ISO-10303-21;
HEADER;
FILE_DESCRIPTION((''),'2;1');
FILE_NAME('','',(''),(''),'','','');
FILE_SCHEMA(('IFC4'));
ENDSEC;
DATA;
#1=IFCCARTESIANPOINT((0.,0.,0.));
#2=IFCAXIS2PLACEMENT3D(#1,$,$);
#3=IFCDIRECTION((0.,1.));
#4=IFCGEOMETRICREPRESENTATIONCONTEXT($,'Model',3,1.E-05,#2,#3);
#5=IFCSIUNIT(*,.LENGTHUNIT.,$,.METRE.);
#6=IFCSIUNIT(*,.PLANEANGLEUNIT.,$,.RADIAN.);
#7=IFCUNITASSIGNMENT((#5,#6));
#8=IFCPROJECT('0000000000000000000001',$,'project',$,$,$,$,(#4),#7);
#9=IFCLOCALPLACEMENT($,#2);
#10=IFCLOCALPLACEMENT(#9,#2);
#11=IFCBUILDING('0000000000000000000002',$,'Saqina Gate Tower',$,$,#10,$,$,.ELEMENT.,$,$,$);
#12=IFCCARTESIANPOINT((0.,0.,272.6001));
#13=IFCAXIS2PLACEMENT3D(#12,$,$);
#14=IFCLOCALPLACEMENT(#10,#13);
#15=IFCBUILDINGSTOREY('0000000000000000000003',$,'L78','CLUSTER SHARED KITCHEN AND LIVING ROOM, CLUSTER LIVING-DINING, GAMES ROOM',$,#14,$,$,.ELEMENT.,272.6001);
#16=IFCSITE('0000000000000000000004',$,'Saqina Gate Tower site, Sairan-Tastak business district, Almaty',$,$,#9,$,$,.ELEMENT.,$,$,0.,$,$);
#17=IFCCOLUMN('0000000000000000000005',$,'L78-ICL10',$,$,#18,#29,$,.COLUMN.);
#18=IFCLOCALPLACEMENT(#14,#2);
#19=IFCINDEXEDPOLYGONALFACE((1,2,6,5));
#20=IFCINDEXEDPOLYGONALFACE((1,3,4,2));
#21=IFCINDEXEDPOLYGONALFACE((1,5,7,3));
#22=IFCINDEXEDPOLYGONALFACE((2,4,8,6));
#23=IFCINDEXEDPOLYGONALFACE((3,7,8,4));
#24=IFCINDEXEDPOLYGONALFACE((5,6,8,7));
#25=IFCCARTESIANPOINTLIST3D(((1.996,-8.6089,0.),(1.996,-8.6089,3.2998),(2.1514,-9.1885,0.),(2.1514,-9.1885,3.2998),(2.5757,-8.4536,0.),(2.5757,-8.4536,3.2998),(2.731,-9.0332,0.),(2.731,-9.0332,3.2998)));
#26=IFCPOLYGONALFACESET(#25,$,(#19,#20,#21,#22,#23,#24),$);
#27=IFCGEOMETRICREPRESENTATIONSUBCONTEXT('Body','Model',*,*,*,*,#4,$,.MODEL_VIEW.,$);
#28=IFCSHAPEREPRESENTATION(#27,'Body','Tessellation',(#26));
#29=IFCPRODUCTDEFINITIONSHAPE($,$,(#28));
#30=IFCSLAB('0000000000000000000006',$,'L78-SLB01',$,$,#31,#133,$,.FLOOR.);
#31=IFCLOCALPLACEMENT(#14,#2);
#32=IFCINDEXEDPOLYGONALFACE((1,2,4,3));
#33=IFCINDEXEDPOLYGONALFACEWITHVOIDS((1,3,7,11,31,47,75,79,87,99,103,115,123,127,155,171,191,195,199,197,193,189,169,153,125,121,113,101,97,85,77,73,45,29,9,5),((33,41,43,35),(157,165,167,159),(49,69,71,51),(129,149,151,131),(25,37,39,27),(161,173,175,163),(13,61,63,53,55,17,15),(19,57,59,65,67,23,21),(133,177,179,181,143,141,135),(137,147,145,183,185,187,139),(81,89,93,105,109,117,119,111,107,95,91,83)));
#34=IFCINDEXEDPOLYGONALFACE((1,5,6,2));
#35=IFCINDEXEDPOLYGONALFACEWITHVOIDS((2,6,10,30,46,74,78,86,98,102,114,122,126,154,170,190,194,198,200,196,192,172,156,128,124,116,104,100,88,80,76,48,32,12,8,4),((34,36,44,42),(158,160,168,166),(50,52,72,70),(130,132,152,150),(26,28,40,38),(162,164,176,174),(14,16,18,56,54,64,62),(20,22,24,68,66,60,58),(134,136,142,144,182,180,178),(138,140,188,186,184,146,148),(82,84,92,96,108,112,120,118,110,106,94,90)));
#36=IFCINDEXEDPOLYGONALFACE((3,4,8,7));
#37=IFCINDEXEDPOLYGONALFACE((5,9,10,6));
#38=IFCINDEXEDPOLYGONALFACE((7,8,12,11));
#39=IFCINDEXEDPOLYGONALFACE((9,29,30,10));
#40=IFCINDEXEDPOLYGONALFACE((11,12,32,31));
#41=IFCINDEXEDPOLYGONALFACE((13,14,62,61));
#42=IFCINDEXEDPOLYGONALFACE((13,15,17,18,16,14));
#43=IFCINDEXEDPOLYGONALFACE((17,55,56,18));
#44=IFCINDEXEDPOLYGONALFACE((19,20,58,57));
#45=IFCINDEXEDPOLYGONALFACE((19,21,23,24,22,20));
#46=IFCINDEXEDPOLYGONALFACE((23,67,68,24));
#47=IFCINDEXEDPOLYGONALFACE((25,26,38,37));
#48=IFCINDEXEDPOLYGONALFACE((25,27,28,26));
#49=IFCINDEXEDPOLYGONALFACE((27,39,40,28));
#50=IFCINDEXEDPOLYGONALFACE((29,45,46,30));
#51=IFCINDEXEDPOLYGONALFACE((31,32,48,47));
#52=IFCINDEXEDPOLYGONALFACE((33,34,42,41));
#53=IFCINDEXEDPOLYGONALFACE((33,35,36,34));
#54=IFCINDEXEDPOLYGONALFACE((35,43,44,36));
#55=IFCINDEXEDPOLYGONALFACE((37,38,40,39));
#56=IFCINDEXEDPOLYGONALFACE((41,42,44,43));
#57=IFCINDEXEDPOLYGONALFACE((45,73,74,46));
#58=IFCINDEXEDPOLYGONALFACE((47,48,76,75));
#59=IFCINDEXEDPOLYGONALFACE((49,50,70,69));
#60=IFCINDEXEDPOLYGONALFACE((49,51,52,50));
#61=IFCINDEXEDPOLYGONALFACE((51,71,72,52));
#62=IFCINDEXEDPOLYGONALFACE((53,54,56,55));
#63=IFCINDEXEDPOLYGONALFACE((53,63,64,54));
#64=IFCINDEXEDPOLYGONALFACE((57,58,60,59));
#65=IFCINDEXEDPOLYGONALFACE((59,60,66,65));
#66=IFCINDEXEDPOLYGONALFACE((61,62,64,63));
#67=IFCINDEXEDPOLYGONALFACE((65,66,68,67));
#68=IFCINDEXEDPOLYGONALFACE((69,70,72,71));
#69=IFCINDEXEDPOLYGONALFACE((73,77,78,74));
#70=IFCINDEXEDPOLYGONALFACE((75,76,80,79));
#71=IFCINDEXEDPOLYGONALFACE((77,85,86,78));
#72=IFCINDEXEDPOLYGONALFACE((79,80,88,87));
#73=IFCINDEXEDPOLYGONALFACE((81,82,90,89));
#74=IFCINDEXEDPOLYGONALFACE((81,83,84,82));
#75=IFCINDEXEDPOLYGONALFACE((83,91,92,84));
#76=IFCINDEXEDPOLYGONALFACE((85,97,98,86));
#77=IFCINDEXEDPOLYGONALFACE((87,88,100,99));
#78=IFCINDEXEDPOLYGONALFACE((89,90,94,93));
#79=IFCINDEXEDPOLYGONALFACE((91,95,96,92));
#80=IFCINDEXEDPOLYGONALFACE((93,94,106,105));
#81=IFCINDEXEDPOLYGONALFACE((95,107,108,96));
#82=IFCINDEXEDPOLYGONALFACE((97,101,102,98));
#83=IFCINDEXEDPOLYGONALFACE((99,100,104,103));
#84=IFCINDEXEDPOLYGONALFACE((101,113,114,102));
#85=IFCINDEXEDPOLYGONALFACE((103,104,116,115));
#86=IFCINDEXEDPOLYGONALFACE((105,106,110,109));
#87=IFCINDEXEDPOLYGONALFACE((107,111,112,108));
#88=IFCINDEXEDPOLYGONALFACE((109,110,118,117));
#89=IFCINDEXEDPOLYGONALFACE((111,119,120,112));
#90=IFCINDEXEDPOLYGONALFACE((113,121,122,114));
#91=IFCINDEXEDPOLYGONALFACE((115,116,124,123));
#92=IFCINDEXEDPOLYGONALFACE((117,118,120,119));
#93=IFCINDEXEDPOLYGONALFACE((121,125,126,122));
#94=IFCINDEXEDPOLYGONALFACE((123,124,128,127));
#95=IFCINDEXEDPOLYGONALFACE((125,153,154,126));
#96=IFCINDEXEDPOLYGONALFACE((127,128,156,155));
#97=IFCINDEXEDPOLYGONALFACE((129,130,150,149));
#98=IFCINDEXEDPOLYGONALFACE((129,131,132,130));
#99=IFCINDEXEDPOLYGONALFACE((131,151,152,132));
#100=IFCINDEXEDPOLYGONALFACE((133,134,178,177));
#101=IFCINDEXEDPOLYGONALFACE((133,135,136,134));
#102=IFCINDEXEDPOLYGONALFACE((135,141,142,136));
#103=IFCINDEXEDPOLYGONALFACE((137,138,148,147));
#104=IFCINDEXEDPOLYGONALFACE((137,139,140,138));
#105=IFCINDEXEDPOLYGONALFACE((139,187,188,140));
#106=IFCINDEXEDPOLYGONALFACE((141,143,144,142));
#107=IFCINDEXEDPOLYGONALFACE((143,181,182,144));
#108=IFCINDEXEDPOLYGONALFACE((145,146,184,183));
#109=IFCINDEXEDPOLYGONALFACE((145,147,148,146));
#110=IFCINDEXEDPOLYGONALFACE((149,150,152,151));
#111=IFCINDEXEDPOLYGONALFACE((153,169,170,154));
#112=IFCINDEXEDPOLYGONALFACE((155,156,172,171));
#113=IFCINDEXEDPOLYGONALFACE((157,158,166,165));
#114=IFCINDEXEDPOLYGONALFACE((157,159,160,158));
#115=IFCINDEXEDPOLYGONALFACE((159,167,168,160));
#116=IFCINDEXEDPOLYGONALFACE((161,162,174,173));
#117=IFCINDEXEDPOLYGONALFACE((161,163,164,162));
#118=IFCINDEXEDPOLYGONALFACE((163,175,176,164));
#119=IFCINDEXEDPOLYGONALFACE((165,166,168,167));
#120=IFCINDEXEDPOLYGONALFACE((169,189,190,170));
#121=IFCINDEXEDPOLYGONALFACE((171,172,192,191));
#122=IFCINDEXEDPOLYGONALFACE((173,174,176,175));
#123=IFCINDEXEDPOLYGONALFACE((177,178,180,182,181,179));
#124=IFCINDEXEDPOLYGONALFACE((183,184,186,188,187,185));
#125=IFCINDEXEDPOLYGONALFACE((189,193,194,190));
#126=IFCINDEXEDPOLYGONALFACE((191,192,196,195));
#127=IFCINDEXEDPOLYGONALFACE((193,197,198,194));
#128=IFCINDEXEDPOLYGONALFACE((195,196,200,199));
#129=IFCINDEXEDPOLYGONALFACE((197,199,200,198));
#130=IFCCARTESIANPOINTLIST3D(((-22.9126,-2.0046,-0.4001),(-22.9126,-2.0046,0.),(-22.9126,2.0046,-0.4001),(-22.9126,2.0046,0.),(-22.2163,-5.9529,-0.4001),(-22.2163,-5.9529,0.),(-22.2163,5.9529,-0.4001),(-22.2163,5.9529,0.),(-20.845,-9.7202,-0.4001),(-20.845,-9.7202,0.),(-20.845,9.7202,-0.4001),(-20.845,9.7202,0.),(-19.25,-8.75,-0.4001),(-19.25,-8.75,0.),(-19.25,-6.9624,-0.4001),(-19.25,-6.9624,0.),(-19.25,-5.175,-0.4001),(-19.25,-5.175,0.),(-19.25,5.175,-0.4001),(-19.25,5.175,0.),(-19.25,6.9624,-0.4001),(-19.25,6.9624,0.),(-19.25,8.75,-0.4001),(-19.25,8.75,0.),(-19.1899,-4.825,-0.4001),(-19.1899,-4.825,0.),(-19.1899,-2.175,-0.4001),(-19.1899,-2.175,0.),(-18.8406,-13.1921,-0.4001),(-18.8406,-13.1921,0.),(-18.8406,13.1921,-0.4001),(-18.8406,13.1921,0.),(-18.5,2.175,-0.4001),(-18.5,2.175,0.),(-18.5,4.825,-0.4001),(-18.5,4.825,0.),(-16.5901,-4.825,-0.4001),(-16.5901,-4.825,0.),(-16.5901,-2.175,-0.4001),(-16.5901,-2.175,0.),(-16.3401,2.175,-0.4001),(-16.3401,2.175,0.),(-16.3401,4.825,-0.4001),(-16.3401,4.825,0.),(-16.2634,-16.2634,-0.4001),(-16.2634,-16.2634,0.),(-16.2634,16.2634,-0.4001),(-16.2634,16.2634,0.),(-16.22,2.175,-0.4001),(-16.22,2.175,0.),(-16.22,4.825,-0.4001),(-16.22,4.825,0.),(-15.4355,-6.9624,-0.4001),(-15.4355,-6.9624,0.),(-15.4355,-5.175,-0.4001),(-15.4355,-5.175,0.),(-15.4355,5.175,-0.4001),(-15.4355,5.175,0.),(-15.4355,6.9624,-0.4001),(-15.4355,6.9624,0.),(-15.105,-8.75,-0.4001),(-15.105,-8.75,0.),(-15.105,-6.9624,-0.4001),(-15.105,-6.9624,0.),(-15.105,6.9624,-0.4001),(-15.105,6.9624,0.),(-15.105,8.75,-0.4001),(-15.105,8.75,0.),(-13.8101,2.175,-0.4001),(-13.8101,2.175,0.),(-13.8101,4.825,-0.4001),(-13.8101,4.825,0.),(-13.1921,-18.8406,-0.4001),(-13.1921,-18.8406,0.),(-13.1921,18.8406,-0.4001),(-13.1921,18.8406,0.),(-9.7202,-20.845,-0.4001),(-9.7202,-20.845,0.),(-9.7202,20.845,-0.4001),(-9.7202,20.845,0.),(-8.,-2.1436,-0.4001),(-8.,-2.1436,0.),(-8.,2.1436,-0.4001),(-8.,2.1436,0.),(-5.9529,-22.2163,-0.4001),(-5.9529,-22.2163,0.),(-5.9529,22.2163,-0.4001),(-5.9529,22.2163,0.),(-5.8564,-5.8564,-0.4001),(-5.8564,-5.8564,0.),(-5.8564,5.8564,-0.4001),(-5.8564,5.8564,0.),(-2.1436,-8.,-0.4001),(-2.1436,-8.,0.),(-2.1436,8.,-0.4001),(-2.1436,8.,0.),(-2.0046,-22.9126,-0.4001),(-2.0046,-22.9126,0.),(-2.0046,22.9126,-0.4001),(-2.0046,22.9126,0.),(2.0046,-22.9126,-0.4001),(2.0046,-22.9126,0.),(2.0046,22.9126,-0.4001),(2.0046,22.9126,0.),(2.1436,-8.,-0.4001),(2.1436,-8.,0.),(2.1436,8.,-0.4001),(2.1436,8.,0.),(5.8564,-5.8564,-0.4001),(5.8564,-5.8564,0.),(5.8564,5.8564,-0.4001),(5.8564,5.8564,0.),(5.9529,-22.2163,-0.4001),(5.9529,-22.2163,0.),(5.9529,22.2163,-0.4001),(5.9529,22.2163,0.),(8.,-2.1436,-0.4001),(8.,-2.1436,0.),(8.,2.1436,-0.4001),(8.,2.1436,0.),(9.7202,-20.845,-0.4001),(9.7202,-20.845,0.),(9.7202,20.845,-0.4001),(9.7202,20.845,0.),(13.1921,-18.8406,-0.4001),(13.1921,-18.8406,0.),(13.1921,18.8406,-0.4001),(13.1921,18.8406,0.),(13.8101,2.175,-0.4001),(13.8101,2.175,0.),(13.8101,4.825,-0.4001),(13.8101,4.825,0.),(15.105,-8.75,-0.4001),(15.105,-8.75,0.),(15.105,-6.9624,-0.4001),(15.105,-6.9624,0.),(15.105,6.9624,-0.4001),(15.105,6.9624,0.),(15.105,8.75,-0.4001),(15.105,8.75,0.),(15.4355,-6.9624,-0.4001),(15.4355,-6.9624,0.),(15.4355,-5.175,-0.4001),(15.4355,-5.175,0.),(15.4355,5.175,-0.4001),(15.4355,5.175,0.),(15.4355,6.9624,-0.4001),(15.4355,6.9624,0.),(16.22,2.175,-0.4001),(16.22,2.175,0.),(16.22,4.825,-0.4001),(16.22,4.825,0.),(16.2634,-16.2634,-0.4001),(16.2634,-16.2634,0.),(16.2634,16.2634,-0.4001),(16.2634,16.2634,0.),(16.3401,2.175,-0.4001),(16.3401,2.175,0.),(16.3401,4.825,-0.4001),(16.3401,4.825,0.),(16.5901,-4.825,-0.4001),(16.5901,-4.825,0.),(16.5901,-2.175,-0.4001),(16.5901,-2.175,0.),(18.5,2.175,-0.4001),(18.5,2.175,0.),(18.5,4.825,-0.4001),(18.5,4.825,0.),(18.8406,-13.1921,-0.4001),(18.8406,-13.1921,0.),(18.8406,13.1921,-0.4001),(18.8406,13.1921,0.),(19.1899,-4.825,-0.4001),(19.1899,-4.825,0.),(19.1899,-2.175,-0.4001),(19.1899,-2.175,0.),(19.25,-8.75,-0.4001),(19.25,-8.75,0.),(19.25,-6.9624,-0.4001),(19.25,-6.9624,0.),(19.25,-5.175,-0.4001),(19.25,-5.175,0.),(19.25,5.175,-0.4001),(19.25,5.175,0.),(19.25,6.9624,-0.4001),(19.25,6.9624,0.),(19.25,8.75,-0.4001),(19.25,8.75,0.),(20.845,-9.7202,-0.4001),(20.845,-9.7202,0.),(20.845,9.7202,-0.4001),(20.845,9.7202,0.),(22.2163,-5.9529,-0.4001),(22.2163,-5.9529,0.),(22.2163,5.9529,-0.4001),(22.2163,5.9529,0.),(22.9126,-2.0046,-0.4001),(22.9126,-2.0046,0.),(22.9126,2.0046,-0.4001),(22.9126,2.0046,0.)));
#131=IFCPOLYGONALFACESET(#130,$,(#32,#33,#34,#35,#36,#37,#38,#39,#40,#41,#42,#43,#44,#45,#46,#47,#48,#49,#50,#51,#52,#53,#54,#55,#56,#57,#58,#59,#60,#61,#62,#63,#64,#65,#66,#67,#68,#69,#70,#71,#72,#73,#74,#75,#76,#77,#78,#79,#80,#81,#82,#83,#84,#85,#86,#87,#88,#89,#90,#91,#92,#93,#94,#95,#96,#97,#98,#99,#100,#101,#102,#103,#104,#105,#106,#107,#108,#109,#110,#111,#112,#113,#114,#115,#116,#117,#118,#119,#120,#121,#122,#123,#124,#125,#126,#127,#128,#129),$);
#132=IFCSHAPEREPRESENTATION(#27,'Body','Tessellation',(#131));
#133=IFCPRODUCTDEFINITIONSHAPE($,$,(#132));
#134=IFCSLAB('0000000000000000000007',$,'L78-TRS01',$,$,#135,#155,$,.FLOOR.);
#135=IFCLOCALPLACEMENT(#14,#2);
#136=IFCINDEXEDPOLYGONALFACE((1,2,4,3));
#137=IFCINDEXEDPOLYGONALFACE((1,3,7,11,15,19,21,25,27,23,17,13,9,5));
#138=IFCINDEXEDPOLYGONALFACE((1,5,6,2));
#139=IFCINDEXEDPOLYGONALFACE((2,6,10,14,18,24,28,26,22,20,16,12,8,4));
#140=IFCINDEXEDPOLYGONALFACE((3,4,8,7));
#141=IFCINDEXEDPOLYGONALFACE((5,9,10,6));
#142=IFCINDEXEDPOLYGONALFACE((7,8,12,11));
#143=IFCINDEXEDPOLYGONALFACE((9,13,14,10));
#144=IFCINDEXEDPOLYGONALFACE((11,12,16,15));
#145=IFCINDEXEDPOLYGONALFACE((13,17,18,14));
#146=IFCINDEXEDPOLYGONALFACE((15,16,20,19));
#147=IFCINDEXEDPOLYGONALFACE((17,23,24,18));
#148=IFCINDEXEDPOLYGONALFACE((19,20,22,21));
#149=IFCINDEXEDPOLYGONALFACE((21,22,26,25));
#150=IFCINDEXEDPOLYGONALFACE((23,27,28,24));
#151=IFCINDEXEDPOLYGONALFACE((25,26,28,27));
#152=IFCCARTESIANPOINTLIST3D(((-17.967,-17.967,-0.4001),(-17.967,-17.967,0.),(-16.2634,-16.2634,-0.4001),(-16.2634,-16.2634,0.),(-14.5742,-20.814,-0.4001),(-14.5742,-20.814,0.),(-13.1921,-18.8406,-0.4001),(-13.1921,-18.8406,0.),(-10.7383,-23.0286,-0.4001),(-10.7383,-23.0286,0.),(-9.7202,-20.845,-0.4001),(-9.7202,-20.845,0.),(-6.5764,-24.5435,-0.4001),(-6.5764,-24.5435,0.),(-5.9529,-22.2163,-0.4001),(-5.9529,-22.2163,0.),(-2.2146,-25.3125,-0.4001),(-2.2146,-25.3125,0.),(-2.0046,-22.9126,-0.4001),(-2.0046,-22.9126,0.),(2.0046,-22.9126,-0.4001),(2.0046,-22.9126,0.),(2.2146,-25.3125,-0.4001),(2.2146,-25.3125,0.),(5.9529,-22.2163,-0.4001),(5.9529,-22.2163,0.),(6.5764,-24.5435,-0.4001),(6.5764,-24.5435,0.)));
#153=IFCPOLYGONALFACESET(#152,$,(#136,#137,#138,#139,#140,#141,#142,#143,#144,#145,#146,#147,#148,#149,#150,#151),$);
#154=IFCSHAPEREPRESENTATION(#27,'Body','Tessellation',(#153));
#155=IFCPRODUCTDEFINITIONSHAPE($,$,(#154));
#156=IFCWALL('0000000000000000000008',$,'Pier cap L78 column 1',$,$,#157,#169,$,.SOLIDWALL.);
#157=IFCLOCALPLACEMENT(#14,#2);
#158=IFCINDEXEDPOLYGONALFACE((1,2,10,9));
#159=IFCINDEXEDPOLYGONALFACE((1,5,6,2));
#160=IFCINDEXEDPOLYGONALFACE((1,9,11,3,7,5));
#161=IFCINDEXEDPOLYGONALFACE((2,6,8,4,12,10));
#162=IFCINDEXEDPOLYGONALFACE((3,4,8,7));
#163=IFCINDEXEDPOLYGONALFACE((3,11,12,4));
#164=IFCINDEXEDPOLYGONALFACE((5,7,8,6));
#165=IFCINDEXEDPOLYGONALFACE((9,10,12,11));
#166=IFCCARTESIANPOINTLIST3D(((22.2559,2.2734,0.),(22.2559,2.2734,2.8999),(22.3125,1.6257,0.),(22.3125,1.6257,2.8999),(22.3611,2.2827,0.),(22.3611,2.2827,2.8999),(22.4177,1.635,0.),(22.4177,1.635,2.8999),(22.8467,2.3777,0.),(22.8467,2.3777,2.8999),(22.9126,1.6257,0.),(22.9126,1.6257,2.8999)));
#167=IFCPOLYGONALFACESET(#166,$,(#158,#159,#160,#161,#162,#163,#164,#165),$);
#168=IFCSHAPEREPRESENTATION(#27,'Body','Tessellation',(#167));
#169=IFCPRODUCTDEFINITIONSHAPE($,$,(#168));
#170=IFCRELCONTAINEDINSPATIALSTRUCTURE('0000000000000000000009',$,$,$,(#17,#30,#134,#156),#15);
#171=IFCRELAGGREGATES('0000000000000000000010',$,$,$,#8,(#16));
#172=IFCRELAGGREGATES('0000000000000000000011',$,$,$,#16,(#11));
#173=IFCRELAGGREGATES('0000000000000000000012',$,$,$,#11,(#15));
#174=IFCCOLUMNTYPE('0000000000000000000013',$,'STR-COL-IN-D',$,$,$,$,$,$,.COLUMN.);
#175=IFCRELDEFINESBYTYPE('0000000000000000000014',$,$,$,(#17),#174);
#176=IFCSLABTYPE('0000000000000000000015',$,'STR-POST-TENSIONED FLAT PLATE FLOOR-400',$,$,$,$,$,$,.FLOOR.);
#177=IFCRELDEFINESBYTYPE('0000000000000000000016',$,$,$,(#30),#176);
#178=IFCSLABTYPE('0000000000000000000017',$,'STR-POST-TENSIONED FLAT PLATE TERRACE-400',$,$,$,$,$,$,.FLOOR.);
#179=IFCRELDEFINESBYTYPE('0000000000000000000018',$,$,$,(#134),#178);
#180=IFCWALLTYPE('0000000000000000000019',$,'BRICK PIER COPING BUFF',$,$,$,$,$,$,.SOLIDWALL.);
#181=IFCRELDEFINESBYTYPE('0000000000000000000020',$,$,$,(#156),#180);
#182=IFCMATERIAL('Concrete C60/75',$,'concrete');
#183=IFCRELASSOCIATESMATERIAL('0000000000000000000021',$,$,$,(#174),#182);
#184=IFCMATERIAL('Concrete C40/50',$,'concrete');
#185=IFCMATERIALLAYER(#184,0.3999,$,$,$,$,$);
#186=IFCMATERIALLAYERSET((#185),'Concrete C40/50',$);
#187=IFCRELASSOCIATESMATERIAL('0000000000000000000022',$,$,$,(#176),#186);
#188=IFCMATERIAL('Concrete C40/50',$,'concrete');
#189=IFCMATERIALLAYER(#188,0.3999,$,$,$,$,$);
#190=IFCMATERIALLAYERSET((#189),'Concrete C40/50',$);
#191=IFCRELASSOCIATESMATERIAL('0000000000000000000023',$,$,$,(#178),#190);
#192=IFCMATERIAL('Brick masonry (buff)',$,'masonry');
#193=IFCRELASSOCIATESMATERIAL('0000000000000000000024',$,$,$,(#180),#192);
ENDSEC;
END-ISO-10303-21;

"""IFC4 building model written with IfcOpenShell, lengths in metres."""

from ifc_helpers import new_model, si_unit, direction, frame, origin, origin_2d, place, context, subcontext, project, spatial, polyline, rectangle, outline, extrude, material, layer, layer_set, material_profile, profile_set, type_object, element, save


model = new_model("IFC4")

# Units and contexts
model_context = context("Model", 3, precision=1e-05, world=origin(), true_north=direction((0.0, 1.0)))
body_context = subcontext(model_context, "Body", "Model", "MODEL_VIEW")
ifc_project = project(units=[si_unit("LENGTHUNIT", "METRE"), si_unit("PLANEANGLEUNIT", "RADIAN")], contexts=[model_context])

# Site, building, storey
site_placement = place(None, origin())
site = spatial("IfcSite", under=ifc_project, at=site_placement, Name="Saqina Gate Tower site, Sairan-Tastak business district, Almaty", CompositionType="ELEMENT", RefElevation=0.0)
building_placement = place(site_placement, origin())
building = spatial("IfcBuilding", under=site, at=building_placement, Name="Saqina Gate Tower", CompositionType="ELEMENT")
storey_placement = place(building_placement, frame((0.0, 0.0, 272.6001)))
storey = spatial("IfcBuildingStorey", under=building, at=storey_placement, Name="L78", Description="CLUSTER SHARED KITCHEN AND LIVING ROOM, CLUSTER LIVING-DINING, GAMES ROOM", CompositionType="ELEMENT", Elevation=272.6001)

# Column
ifc_material_1 = material(Name="Concrete C60/75", Category="concrete")
ifc_material_profile = material_profile(ifc_material_1, rectangle(XDim=0.6001, YDim=0.6001, at=origin_2d()), Name="RC 600x600")
ifc_profile_set = profile_set([ifc_material_profile], Name="Concrete C60/75")
column_type = type_object("IfcColumnType", Name="STR-COL-IN-D", PredefinedType="COLUMN", material=ifc_profile_set)
column_placement = place(storey_placement, frame((2.3635, -8.821, 0.0), z_axis=(0.0, 0.0, 1.0), x_axis=(0.258819, -0.965926, 0.0)))
element("IfcColumn", 1, at=column_placement, inside=storey, type_object=column_type, Name="L78-ICL10", PredefinedType="COLUMN", context=body_context, shape_type="SweptSolid", body=[
    extrude(rectangle(XDim=0.6001, YDim=0.6001, at=origin_2d()), origin(), (0.0, 0.0, 1.0), 3.2998),
])

# Slabs
ifc_material_2 = material(Name="Concrete C40/50", Category="concrete")
ifc_layer_1 = layer(ifc_material_2, 0.3999)
ifc_layer_set_1 = layer_set([ifc_layer_1], Name="Concrete C40/50")
slab_type_1 = type_object("IfcSlabType", Name="STR-POST-TENSIONED FLAT PLATE FLOOR-400", PredefinedType="FLOOR", material=ifc_layer_set_1)
slab_1_placement = place(storey_placement, frame((0.0, 0.0, -0.4001)))
element("IfcSlab", 2, at=slab_1_placement, inside=storey, type_object=slab_type_1, Name="L78-SLB01", PredefinedType="FLOOR", context=body_context, shape_type="SweptSolid", body=[
    extrude(outline(polyline([(22.2163, -5.9529), (22.9126, -2.0046), (22.9126, 2.0046), (22.2163, 5.9529), (20.845, 9.7202), (18.8406, 13.1921), (16.2634, 16.2634), (13.1921, 18.8406), (9.7202, 20.845), (5.9529, 22.2163), (2.0046, 22.9126), (-2.0046, 22.9126), (-5.9529, 22.2163), (-9.7202, 20.845), (-13.1921, 18.8406), (-16.2634, 16.2634), (-18.8406, 13.1921), (-20.845, 9.7202), (-22.2163, 5.9529), (-22.9126, 2.0046), (-22.9126, -2.0046), (-22.2163, -5.9529), (-20.845, -9.7202), (-18.8406, -13.1921), (-16.2634, -16.2634), (-13.1921, -18.8406), (-9.7202, -20.845), (-5.9529, -22.2163), (-2.0046, -22.9126), (2.0046, -22.9126), (5.9529, -22.2163), (9.7202, -20.845), (13.1921, -18.8406), (16.2634, -16.2634), (18.8406, -13.1921), (20.845, -9.7202), (22.2163, -5.9529)]), holes=[polyline([(2.1436, 8.0), (5.8564, 5.8564), (8.0, 2.1436), (8.0, -2.1436), (5.8564, -5.8564), (2.1436, -8.0), (-2.1436, -8.0), (-5.8564, -5.8564), (-8.0, -2.1436), (-8.0, 2.1436), (-5.8564, 5.8564), (-2.1436, 8.0), (2.1436, 8.0)]), polyline([(-15.105, -8.75), (-19.25, -8.75), (-19.25, -6.9624), (-19.25, -5.175), (-15.4355, -5.175), (-15.4355, -6.9624), (-15.105, -6.9624), (-15.105, -8.75)]), polyline([(-16.5901, -2.175), (-16.5901, -4.825), (-19.1899, -4.825), (-19.1899, -2.175), (-16.5901, -2.175)]), polyline([(-16.3401, 4.825), (-16.3401, 2.175), (-18.5, 2.175), (-18.5, 4.825), (-16.3401, 4.825)]), polyline([(-13.8101, 4.825), (-13.8101, 2.175), (-16.22, 2.175), (-16.22, 4.825), (-13.8101, 4.825)]), polyline([(-19.25, 6.9624), (-19.25, 8.75), (-15.105, 8.75), (-15.105, 6.9624), (-15.4355, 6.9624), (-15.4355, 5.175), (-19.25, 5.175), (-19.25, 6.9624)]), polyline([(15.105, -8.75), (15.105, -6.9624), (15.4355, -6.9624), (15.4355, -5.175), (19.25, -5.175), (19.25, -6.9624), (19.25, -8.75), (15.105, -8.75)]), polyline([(19.1899, -2.175), (19.1899, -4.825), (16.5901, -4.825), (16.5901, -2.175), (19.1899, -2.175)]), polyline([(16.22, 4.825), (16.22, 2.175), (13.8101, 2.175), (13.8101, 4.825), (16.22, 4.825)]), polyline([(18.5, 4.825), (18.5, 2.175), (16.3401, 2.175), (16.3401, 4.825), (18.5, 4.825)]), polyline([(15.4355, 6.9624), (15.105, 6.9624), (15.105, 8.75), (19.25, 8.75), (19.25, 6.9624), (19.25, 5.175), (15.4355, 5.175), (15.4355, 6.9624)])]), origin(), (0.0, 0.0, 1.0), 0.4001),
])
ifc_material_3 = material(Name="Concrete C40/50", Category="concrete")
ifc_layer_2 = layer(ifc_material_3, 0.3999)
ifc_layer_set_2 = layer_set([ifc_layer_2], Name="Concrete C40/50")
slab_type_2 = type_object("IfcSlabType", Name="STR-POST-TENSIONED FLAT PLATE TERRACE-400", PredefinedType="FLOOR", material=ifc_layer_set_2)
slab_2_placement = place(storey_placement, frame((0.0, 0.0, -0.4001)))
element("IfcSlab", 3, at=slab_2_placement, inside=storey, type_object=slab_type_2, Name="L78-TRS01", PredefinedType="FLOOR", context=body_context, shape_type="SweptSolid", body=[
    extrude(outline(polyline([(-16.2634, -16.2634), (-13.1921, -18.8406), (-9.7202, -20.845), (-5.9529, -22.2163), (-2.0046, -22.9126), (2.0046, -22.9126), (5.9529, -22.2163), (6.5764, -24.5435), (2.2146, -25.3125), (-2.2146, -25.3125), (-6.5764, -24.5435), (-10.7383, -23.0286), (-14.5742, -20.814), (-17.967, -17.967), (-16.2634, -16.2634)])), origin(), (0.0, 0.0, 1.0), 0.4001),
])

# Wall
ifc_material_4 = material(Name="Brick masonry (buff)", Category="masonry")
wall_type_1 = type_object("IfcWallType", Name="BRICK PIER COPING BUFF", PredefinedType="SOLIDWALL", material=ifc_material_4)
wall_1_placement = place(storey_placement, origin())
element("IfcWall", 4, at=wall_1_placement, inside=storey, type_object=wall_type_1, Name="Pier cap L78 column 1", PredefinedType="SOLIDWALL", context=body_context, shape_type="SweptSolid", body=[
    extrude(outline(polyline([(22.9126, 1.6257), (22.8467, 2.3777), (22.2559, 2.2734), (22.3611, 2.2827), (22.4177, 1.635), (22.3125, 1.6257), (22.9126, 1.6257)])), origin(), (0.0, 0.0, 1.0), 2.8999),
])

save(model, "model.ifc")
